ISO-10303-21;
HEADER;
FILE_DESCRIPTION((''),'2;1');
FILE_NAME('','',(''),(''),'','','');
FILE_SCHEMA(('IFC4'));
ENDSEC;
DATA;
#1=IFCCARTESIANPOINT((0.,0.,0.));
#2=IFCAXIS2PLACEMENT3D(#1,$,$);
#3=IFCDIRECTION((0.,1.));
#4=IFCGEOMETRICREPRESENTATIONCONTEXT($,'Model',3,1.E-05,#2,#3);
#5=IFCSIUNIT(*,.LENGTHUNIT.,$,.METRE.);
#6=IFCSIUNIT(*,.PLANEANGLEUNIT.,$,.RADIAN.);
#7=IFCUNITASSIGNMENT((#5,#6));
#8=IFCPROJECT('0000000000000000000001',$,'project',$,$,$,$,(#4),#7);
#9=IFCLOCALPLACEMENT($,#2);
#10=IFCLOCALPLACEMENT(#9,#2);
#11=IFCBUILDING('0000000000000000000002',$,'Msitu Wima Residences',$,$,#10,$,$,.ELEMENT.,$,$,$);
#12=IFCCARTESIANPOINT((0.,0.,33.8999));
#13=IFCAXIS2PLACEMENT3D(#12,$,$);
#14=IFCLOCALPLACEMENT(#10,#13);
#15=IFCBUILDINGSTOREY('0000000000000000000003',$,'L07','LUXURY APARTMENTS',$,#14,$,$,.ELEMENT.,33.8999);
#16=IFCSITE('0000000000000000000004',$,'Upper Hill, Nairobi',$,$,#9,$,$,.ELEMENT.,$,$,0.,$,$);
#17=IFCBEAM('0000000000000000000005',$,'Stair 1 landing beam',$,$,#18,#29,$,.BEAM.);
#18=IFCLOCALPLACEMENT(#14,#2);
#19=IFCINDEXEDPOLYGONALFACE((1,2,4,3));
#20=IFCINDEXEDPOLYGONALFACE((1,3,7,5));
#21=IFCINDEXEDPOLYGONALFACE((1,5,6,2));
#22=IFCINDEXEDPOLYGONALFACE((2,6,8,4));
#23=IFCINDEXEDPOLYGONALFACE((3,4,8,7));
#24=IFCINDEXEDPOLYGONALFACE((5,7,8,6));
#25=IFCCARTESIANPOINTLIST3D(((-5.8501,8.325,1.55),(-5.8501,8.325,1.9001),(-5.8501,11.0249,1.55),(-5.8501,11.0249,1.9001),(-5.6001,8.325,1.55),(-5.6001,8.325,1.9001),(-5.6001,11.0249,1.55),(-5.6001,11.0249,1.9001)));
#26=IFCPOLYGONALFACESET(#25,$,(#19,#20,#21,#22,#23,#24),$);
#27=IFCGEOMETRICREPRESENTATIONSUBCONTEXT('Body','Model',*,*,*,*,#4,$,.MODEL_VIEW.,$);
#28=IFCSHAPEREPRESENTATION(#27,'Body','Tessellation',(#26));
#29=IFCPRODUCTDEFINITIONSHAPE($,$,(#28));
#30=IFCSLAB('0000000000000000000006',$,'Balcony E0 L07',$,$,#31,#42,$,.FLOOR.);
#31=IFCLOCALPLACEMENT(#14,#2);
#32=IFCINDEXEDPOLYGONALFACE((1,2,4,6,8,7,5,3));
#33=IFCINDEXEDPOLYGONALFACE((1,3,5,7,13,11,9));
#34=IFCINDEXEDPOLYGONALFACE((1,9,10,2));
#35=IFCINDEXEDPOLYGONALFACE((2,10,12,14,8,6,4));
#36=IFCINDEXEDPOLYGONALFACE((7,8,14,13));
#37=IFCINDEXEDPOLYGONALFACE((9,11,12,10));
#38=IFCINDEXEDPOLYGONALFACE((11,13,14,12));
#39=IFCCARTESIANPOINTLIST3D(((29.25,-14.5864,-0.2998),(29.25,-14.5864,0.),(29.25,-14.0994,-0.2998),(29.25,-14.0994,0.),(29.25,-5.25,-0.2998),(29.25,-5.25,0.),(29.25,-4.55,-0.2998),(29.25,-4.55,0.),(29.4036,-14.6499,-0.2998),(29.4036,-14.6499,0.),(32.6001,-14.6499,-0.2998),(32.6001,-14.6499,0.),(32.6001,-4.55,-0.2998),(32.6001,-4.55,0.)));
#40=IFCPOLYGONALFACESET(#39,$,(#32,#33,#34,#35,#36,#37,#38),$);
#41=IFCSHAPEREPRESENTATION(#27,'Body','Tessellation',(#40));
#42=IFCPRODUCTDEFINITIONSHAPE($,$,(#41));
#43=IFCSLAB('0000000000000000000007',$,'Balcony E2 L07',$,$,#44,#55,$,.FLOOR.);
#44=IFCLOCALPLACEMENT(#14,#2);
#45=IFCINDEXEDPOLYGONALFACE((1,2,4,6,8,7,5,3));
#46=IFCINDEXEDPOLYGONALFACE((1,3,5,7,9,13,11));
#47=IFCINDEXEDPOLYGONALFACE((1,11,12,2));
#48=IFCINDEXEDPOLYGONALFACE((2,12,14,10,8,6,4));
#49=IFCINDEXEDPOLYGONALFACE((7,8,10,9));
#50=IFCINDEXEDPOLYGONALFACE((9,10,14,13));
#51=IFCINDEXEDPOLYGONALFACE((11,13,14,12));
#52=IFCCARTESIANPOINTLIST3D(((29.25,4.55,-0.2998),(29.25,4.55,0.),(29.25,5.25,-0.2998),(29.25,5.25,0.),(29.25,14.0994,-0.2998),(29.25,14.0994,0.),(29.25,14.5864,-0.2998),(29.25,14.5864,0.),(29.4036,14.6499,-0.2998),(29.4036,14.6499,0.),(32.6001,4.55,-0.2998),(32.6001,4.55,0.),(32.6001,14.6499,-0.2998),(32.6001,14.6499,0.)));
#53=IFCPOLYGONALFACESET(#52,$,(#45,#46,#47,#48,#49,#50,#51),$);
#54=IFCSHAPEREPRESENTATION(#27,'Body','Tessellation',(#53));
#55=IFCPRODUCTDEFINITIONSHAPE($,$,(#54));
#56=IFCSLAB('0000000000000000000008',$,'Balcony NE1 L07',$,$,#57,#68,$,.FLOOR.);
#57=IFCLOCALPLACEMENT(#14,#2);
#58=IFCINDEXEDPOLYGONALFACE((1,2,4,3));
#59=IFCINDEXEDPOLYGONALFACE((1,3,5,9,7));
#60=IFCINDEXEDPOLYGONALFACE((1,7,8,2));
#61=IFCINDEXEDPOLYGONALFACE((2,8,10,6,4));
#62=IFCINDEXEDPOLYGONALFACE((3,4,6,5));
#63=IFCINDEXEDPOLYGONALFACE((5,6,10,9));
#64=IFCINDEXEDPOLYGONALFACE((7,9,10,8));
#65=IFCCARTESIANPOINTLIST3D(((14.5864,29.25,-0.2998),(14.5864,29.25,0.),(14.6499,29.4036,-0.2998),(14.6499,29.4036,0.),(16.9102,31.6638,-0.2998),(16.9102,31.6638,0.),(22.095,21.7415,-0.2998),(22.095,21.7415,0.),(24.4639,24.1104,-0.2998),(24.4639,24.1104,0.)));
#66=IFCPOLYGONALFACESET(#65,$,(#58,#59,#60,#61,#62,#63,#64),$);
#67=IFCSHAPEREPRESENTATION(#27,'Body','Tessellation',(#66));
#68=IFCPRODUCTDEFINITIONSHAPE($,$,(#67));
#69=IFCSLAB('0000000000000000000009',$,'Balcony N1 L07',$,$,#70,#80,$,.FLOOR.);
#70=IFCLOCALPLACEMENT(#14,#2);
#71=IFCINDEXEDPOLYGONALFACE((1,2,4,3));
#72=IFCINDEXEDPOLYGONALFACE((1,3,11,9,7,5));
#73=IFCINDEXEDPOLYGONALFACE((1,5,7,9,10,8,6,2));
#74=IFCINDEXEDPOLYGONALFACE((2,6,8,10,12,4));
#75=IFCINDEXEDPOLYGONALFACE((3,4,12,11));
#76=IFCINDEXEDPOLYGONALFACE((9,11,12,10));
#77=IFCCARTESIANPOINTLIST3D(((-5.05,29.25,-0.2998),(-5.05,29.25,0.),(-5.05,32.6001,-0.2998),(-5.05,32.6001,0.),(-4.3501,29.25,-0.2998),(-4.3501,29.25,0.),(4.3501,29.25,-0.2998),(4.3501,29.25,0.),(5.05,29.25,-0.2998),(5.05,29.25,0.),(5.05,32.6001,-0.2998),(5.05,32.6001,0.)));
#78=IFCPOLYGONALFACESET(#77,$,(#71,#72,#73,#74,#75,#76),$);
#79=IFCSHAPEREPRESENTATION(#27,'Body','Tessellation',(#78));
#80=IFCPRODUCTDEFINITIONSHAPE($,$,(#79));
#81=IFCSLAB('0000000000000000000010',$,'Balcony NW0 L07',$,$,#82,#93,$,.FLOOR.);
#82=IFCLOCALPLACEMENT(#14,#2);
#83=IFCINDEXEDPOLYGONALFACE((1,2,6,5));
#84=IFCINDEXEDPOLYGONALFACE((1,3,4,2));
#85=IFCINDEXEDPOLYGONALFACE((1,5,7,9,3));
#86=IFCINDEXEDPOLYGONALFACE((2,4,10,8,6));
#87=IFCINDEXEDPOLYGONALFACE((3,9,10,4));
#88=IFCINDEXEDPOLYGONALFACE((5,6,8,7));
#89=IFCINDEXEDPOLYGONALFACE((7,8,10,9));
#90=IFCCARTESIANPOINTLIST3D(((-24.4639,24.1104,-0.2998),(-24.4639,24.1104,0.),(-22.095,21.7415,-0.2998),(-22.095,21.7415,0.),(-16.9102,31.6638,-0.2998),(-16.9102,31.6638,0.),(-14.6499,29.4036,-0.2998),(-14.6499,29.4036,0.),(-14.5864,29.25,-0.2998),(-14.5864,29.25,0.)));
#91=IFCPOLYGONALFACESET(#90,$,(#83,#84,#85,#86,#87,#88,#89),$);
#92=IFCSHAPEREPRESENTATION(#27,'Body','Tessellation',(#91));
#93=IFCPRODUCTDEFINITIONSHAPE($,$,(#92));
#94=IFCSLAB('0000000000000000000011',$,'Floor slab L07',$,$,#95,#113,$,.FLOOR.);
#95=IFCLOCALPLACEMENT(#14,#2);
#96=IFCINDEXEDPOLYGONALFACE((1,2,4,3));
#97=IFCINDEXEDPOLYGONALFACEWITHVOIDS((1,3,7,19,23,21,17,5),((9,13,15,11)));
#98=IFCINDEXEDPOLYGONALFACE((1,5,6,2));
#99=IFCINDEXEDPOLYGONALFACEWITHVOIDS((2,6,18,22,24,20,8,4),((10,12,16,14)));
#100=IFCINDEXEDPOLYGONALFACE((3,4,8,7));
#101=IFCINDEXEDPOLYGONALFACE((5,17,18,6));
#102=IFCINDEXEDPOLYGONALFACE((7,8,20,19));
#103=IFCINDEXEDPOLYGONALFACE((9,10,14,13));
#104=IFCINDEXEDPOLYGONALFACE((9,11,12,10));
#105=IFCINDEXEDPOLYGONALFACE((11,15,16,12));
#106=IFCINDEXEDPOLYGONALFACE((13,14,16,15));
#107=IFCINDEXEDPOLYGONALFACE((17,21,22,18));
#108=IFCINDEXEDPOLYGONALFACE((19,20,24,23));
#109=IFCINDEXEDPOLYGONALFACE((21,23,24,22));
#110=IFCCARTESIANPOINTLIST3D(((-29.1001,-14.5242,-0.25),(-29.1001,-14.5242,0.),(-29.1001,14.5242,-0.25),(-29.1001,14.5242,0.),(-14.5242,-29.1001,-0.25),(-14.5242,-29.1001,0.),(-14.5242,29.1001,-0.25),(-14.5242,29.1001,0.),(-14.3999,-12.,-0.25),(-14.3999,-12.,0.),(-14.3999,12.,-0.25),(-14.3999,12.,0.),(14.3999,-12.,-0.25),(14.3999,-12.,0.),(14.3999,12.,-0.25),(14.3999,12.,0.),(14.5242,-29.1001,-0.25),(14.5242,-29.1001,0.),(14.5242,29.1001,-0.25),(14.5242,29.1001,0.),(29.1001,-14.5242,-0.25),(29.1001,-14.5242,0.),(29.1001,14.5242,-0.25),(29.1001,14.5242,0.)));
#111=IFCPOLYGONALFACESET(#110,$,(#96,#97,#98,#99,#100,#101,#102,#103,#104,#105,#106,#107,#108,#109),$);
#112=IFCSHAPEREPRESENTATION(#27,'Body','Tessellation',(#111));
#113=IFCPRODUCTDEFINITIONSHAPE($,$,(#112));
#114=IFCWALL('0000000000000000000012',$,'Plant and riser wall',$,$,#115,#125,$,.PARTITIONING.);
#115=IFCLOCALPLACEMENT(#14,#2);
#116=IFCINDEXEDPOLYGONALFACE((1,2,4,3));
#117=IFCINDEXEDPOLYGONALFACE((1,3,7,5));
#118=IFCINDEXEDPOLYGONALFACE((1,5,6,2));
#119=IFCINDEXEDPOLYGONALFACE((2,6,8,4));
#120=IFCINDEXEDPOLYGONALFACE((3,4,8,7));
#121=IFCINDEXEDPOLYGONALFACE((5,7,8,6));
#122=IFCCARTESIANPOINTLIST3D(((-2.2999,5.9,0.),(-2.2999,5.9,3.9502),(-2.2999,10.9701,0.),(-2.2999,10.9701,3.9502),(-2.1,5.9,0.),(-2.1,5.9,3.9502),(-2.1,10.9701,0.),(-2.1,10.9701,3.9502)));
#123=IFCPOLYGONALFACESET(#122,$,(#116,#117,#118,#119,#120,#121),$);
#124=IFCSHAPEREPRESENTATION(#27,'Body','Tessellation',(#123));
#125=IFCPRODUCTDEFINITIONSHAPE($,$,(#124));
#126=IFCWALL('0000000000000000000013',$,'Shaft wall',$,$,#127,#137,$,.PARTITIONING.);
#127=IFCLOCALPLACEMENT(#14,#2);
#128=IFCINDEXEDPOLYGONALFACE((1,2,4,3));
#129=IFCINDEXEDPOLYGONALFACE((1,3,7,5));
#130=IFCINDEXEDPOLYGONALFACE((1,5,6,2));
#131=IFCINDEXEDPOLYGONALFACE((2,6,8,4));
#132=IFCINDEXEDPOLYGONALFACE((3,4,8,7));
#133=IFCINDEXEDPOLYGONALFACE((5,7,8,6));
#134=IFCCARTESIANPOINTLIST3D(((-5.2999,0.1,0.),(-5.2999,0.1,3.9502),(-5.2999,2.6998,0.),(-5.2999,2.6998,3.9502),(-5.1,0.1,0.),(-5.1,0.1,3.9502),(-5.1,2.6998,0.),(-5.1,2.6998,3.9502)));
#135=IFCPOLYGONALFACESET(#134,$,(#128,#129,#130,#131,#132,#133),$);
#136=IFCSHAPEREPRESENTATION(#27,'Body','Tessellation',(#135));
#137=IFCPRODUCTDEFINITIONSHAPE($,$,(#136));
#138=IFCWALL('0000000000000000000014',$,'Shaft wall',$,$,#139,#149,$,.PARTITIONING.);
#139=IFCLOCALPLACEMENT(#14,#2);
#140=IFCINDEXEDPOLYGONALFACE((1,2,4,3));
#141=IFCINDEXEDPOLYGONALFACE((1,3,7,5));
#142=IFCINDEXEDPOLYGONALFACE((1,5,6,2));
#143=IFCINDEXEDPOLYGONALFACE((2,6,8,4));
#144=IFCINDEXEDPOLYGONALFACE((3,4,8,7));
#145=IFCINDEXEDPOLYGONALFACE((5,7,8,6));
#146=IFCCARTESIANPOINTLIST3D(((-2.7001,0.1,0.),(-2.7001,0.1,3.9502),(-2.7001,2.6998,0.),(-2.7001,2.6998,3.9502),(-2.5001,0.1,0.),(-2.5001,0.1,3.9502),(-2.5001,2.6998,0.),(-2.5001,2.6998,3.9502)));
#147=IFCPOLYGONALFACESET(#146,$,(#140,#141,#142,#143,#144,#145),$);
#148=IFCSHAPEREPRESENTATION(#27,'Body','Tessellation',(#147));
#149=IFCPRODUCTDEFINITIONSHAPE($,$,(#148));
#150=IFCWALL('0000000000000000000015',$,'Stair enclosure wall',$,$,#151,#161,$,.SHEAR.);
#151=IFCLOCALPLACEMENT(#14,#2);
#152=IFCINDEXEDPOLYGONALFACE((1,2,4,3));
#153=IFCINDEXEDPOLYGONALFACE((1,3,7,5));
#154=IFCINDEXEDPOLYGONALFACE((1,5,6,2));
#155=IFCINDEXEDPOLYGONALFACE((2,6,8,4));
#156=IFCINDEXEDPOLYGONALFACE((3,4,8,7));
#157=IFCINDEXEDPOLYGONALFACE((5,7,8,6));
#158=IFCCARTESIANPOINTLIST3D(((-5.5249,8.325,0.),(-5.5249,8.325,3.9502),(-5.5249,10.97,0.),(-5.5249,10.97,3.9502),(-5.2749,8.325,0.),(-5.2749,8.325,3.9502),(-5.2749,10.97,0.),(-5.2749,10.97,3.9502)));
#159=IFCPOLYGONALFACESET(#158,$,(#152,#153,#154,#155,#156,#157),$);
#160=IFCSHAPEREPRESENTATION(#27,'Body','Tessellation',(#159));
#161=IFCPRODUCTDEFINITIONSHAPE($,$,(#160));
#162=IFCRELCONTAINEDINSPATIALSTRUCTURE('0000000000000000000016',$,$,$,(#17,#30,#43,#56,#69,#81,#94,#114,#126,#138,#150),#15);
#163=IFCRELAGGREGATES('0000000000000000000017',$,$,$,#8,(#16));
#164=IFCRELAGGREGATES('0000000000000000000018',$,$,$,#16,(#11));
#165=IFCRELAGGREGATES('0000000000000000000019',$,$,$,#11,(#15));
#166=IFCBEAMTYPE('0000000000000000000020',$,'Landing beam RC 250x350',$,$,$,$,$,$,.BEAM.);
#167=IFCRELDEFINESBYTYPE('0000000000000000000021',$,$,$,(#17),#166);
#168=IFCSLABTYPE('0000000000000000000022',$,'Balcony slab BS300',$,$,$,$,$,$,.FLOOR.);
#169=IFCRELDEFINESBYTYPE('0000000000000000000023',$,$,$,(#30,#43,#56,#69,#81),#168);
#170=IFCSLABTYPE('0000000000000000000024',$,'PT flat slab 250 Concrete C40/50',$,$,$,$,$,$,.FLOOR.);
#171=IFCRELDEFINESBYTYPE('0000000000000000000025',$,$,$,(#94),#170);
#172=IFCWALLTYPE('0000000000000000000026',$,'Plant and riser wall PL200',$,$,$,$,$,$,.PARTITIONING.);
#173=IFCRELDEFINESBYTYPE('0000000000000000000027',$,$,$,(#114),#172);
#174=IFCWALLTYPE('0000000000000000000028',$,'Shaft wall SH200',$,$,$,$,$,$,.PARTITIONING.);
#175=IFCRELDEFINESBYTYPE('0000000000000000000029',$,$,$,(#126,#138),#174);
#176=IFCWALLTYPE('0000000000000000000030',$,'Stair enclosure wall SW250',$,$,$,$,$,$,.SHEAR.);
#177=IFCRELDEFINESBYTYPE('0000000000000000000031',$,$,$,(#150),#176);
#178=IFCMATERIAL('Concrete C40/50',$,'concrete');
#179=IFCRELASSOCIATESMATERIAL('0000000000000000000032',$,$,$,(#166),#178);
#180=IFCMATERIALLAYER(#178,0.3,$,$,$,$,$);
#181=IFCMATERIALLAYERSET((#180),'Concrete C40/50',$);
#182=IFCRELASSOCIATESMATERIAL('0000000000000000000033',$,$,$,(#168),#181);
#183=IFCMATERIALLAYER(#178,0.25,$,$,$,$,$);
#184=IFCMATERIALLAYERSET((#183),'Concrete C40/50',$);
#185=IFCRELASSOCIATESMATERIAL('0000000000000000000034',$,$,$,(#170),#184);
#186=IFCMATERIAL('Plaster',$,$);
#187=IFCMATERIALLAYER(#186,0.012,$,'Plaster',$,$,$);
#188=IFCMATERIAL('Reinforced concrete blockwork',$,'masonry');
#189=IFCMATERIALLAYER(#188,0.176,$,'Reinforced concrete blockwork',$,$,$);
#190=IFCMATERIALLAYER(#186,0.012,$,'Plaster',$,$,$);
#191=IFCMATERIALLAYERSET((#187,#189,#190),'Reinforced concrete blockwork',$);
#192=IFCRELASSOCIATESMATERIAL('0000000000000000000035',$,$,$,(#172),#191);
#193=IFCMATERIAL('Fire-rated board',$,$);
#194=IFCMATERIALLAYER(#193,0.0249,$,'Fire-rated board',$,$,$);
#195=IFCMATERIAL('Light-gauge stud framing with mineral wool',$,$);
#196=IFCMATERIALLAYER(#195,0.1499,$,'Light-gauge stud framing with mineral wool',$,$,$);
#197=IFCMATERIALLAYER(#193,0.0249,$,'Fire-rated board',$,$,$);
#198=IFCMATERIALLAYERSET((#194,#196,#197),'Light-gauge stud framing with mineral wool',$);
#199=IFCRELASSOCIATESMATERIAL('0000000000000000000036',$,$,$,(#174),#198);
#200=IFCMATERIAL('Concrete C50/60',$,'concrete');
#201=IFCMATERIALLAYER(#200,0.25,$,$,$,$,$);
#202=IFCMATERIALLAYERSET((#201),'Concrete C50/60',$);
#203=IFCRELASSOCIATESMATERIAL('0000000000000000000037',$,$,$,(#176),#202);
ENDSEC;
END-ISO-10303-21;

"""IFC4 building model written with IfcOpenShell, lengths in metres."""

from ifc_helpers import new_model, si_unit, direction, frame, frame_2d, origin, origin_2d, place, context, subcontext, project, spatial, polyline, rectangle, outline, extrude, material, layer, layer_set, material_profile, profile_set, type_object, element, save


model = new_model("IFC4")

# Units and contexts
model_context = context("Model", 3, precision=1e-05, world=origin(), true_north=direction((0.0, 1.0)))
body_context = subcontext(model_context, "Body", "Model", "MODEL_VIEW")
ifc_project = project(units=[si_unit("LENGTHUNIT", "METRE"), si_unit("PLANEANGLEUNIT", "RADIAN")], contexts=[model_context])

# Site, building, storey
site_placement = place(None, origin())
site = spatial("IfcSite", under=ifc_project, at=site_placement, Name="Upper Hill, Nairobi", CompositionType="ELEMENT", RefElevation=0.0)
building_placement = place(site_placement, origin())
building = spatial("IfcBuilding", under=site, at=building_placement, Name="Msitu Wima Residences", CompositionType="ELEMENT")
storey_placement = place(building_placement, frame((0.0, 0.0, 33.8999)))
storey = spatial("IfcBuildingStorey", under=building, at=storey_placement, Name="L07", Description="LUXURY APARTMENTS", CompositionType="ELEMENT", Elevation=33.8999)

# Beam
ifc_material_1 = material(Name="Concrete C40/50", Category="concrete")
ifc_material_profile = material_profile(ifc_material_1, rectangle(XDim=0.25, YDim=0.3501, at=origin_2d()), Name="RC 250x350")
ifc_profile_set = profile_set([ifc_material_profile], Name="Concrete C40/50")
beam_type = type_object("IfcBeamType", Name="Landing beam RC 250x350", PredefinedType="BEAM", material=ifc_profile_set)
beam_placement = place(storey_placement, frame((-5.7251, 8.325, 1.7251), z_axis=(0.0, 1.0, 0.0), x_axis=(-1.0, 0.0, 0.0)))
element("IfcBeam", 1, at=beam_placement, inside=storey, type_object=beam_type, Name="Stair 1 landing beam", PredefinedType="BEAM", context=body_context, shape_type="SweptSolid", body=[
    extrude(rectangle(XDim=0.25, YDim=0.3501, at=origin_2d()), origin(), (0.0, 0.0, 1.0), 2.7),
])

# Slabs
ifc_layer_1 = layer(ifc_material_1, 0.3)
ifc_layer_set_1 = layer_set([ifc_layer_1], Name="Concrete C40/50")
slab_type_1 = type_object("IfcSlabType", Name="Balcony slab BS300", PredefinedType="FLOOR", material=ifc_layer_set_1)
slab_1_placement = place(storey_placement, frame((0.0, 0.0, -0.2998)))
element("IfcSlab", 2, at=slab_1_placement, inside=storey, type_object=slab_type_1, Name="Balcony E0 L07", PredefinedType="FLOOR", context=body_context, shape_type="SweptSolid", body=[
    extrude(outline(polyline([(29.25, -14.0994), (29.25, -14.0994), (29.25, -5.25), (29.25, -4.55), (32.6001, -4.55), (32.6001, -14.6499), (29.4036, -14.6499), (29.25, -14.5864), (29.25, -14.0994), (29.25, -14.0994)])), origin(), (0.0, 0.0, 1.0), 0.2998),
])
slab_2_placement = place(storey_placement, frame((0.0, 0.0, -0.2998)))
element("IfcSlab", 3, at=slab_2_placement, inside=storey, type_object=slab_type_1, Name="Balcony E2 L07", PredefinedType="FLOOR", context=body_context, shape_type="SweptSolid", body=[
    extrude(outline(polyline([(29.25, 14.0994), (29.25, 14.0994), (29.25, 14.0994), (29.25, 14.5864), (29.4036, 14.6499), (32.6001, 14.6499), (32.6001, 4.55), (29.25, 4.55), (29.25, 5.25), (29.25, 14.0994)])), origin(), (0.0, 0.0, 1.0), 0.2998),
])
slab_3_placement = place(storey_placement, frame((0.0, 0.0, -0.2998)))
element("IfcSlab", 4, at=slab_3_placement, inside=storey, type_object=slab_type_1, Name="Balcony NE1 L07", PredefinedType="FLOOR", context=body_context, shape_type="SweptSolid", body=[
    extrude(outline(polyline([(16.9102, 31.6638), (24.4639, 24.1104), (22.095, 21.7415), (14.5864, 29.25), (14.6499, 29.4036), (16.9102, 31.6638)])), origin(), (0.0, 0.0, 1.0), 0.2998),
])
slab_4_placement = place(storey_placement, frame((0.0, 0.0, -0.2998)))
element("IfcSlab", 5, at=slab_4_placement, inside=storey, type_object=slab_type_1, Name="Balcony N1 L07", PredefinedType="FLOOR", context=body_context, shape_type="SweptSolid", body=[
    extrude(outline(polyline([(4.3501, 29.25), (-4.3501, 29.25), (-5.05, 29.25), (-5.05, 32.6001), (5.05, 32.6001), (5.05, 29.25), (4.3501, 29.25)])), origin(), (0.0, 0.0, 1.0), 0.2998),
])
slab_5_placement = place(storey_placement, frame((0.0, 0.0, -0.2998)))
element("IfcSlab", 6, at=slab_5_placement, inside=storey, type_object=slab_type_1, Name="Balcony NW0 L07", PredefinedType="FLOOR", context=body_context, shape_type="SweptSolid", body=[
    extrude(outline(polyline([(-24.4639, 24.1104), (-16.9102, 31.6638), (-14.6499, 29.4036), (-14.5864, 29.25), (-22.095, 21.7415), (-24.4639, 24.1104)])), origin(), (0.0, 0.0, 1.0), 0.2998),
])
ifc_layer_2 = layer(ifc_material_1, 0.25)
ifc_layer_set_2 = layer_set([ifc_layer_2], Name="Concrete C40/50")
slab_type_2 = type_object("IfcSlabType", Name="PT flat slab 250 Concrete C40/50", PredefinedType="FLOOR", material=ifc_layer_set_2)
slab_6_placement = place(storey_placement, frame((0.0, 0.0, -0.25)))
element("IfcSlab", 7, at=slab_6_placement, inside=storey, type_object=slab_type_2, Name="Floor slab L07", PredefinedType="FLOOR", context=body_context, shape_type="SweptSolid", body=[
    extrude(outline(polyline([(29.1001, -14.5242), (14.5242, -29.1001), (-14.5242, -29.1001), (-29.1001, -14.5242), (-29.1001, 14.5242), (-14.5242, 29.1001), (14.5242, 29.1001), (29.1001, 14.5242), (29.1001, -14.5242)]), holes=[polyline([(-14.3999, -12.0), (14.3999, -12.0), (14.3999, 12.0), (-14.3999, 12.0), (-14.3999, -12.0)])]), origin(), (0.0, 0.0, 1.0), 0.25),
])

# Walls
ifc_material_2 = material(Name="Plaster")
ifc_layer_3 = layer(ifc_material_2, 0.012, Name="Plaster")
ifc_material_3 = material(Name="Reinforced concrete blockwork", Category="masonry")
ifc_layer_4 = layer(ifc_material_3, 0.176, Name="Reinforced concrete blockwork")
ifc_layer_5 = layer(ifc_material_2, 0.012, Name="Plaster")
ifc_layer_set_3 = layer_set([ifc_layer_3, ifc_layer_4, ifc_layer_5], Name="Reinforced concrete blockwork")
wall_type_1 = type_object("IfcWallType", Name="Plant and riser wall PL200", PredefinedType="PARTITIONING", material=ifc_layer_set_3)
wall_1_placement = place(storey_placement, frame((-2.2, 5.8999, 0.0), z_axis=(0.0, 0.0, 1.0), x_axis=(0.0, 1.0, 0.0)))
element("IfcWall", 8, at=wall_1_placement, inside=storey, type_object=wall_type_1, Name="Plant and riser wall", PredefinedType="PARTITIONING", context=body_context, shape_type="SweptSolid", body=[
    extrude(rectangle(XDim=5.0701, YDim=0.2, at=frame_2d((2.5352, 0.0))), origin(), (0.0, 0.0, 1.0), 3.9502),
])
ifc_material_4 = material(Name="Fire-rated board")
ifc_layer_6 = layer(ifc_material_4, 0.0249, Name="Fire-rated board")
ifc_material_5 = material(Name="Light-gauge stud framing with mineral wool")
ifc_layer_7 = layer(ifc_material_5, 0.1499, Name="Light-gauge stud framing with mineral wool")
ifc_layer_8 = layer(ifc_material_4, 0.0249, Name="Fire-rated board")
ifc_layer_set_4 = layer_set([ifc_layer_6, ifc_layer_7, ifc_layer_8], Name="Light-gauge stud framing with mineral wool")
wall_type_2 = type_object("IfcWallType", Name="Shaft wall SH200", PredefinedType="PARTITIONING", material=ifc_layer_set_4)
for number, where, z_axis, x_axis, name in (
    (9, (-5.2, 0.1001, 0.0), (0.0, 0.0, 1.0), (0.0, 1.0, 0.0), "Shaft wall"),
    (10, (-2.6001, 0.1001, 0.0), (0.0, 0.0, 1.0), (0.0, 1.0, 0.0), "Shaft wall"),
):
    element("IfcWall", number, at=place(storey_placement, frame(where, z_axis=z_axis, x_axis=x_axis)), inside=storey, type_object=wall_type_2, Name=name, PredefinedType="PARTITIONING", context=body_context, shape_type="SweptSolid", body=[
        extrude(rectangle(XDim=2.5999, YDim=0.2, at=frame_2d((1.2998, 0.0))), origin(), (0.0, 0.0, 1.0), 3.9502),
    ])
ifc_material_6 = material(Name="Concrete C50/60", Category="concrete")
ifc_layer_9 = layer(ifc_material_6, 0.25)
ifc_layer_set_5 = layer_set([ifc_layer_9], Name="Concrete C50/60")
wall_type_3 = type_object("IfcWallType", Name="Stair enclosure wall SW250", PredefinedType="SHEAR", material=ifc_layer_set_5)
wall_2_placement = place(storey_placement, frame((-5.3999, 8.325, 0.0), z_axis=(0.0, 0.0, 1.0), x_axis=(0.0, 1.0, 0.0)))
element("IfcWall", 11, at=wall_2_placement, inside=storey, type_object=wall_type_3, Name="Stair enclosure wall", PredefinedType="SHEAR", context=body_context, shape_type="SweptSolid", body=[
    extrude(rectangle(XDim=2.645, YDim=0.25, at=frame_2d((1.3225, 0.0))), origin(), (0.0, 0.0, 1.0), 3.9502),
])

save(model, "model.ifc")
